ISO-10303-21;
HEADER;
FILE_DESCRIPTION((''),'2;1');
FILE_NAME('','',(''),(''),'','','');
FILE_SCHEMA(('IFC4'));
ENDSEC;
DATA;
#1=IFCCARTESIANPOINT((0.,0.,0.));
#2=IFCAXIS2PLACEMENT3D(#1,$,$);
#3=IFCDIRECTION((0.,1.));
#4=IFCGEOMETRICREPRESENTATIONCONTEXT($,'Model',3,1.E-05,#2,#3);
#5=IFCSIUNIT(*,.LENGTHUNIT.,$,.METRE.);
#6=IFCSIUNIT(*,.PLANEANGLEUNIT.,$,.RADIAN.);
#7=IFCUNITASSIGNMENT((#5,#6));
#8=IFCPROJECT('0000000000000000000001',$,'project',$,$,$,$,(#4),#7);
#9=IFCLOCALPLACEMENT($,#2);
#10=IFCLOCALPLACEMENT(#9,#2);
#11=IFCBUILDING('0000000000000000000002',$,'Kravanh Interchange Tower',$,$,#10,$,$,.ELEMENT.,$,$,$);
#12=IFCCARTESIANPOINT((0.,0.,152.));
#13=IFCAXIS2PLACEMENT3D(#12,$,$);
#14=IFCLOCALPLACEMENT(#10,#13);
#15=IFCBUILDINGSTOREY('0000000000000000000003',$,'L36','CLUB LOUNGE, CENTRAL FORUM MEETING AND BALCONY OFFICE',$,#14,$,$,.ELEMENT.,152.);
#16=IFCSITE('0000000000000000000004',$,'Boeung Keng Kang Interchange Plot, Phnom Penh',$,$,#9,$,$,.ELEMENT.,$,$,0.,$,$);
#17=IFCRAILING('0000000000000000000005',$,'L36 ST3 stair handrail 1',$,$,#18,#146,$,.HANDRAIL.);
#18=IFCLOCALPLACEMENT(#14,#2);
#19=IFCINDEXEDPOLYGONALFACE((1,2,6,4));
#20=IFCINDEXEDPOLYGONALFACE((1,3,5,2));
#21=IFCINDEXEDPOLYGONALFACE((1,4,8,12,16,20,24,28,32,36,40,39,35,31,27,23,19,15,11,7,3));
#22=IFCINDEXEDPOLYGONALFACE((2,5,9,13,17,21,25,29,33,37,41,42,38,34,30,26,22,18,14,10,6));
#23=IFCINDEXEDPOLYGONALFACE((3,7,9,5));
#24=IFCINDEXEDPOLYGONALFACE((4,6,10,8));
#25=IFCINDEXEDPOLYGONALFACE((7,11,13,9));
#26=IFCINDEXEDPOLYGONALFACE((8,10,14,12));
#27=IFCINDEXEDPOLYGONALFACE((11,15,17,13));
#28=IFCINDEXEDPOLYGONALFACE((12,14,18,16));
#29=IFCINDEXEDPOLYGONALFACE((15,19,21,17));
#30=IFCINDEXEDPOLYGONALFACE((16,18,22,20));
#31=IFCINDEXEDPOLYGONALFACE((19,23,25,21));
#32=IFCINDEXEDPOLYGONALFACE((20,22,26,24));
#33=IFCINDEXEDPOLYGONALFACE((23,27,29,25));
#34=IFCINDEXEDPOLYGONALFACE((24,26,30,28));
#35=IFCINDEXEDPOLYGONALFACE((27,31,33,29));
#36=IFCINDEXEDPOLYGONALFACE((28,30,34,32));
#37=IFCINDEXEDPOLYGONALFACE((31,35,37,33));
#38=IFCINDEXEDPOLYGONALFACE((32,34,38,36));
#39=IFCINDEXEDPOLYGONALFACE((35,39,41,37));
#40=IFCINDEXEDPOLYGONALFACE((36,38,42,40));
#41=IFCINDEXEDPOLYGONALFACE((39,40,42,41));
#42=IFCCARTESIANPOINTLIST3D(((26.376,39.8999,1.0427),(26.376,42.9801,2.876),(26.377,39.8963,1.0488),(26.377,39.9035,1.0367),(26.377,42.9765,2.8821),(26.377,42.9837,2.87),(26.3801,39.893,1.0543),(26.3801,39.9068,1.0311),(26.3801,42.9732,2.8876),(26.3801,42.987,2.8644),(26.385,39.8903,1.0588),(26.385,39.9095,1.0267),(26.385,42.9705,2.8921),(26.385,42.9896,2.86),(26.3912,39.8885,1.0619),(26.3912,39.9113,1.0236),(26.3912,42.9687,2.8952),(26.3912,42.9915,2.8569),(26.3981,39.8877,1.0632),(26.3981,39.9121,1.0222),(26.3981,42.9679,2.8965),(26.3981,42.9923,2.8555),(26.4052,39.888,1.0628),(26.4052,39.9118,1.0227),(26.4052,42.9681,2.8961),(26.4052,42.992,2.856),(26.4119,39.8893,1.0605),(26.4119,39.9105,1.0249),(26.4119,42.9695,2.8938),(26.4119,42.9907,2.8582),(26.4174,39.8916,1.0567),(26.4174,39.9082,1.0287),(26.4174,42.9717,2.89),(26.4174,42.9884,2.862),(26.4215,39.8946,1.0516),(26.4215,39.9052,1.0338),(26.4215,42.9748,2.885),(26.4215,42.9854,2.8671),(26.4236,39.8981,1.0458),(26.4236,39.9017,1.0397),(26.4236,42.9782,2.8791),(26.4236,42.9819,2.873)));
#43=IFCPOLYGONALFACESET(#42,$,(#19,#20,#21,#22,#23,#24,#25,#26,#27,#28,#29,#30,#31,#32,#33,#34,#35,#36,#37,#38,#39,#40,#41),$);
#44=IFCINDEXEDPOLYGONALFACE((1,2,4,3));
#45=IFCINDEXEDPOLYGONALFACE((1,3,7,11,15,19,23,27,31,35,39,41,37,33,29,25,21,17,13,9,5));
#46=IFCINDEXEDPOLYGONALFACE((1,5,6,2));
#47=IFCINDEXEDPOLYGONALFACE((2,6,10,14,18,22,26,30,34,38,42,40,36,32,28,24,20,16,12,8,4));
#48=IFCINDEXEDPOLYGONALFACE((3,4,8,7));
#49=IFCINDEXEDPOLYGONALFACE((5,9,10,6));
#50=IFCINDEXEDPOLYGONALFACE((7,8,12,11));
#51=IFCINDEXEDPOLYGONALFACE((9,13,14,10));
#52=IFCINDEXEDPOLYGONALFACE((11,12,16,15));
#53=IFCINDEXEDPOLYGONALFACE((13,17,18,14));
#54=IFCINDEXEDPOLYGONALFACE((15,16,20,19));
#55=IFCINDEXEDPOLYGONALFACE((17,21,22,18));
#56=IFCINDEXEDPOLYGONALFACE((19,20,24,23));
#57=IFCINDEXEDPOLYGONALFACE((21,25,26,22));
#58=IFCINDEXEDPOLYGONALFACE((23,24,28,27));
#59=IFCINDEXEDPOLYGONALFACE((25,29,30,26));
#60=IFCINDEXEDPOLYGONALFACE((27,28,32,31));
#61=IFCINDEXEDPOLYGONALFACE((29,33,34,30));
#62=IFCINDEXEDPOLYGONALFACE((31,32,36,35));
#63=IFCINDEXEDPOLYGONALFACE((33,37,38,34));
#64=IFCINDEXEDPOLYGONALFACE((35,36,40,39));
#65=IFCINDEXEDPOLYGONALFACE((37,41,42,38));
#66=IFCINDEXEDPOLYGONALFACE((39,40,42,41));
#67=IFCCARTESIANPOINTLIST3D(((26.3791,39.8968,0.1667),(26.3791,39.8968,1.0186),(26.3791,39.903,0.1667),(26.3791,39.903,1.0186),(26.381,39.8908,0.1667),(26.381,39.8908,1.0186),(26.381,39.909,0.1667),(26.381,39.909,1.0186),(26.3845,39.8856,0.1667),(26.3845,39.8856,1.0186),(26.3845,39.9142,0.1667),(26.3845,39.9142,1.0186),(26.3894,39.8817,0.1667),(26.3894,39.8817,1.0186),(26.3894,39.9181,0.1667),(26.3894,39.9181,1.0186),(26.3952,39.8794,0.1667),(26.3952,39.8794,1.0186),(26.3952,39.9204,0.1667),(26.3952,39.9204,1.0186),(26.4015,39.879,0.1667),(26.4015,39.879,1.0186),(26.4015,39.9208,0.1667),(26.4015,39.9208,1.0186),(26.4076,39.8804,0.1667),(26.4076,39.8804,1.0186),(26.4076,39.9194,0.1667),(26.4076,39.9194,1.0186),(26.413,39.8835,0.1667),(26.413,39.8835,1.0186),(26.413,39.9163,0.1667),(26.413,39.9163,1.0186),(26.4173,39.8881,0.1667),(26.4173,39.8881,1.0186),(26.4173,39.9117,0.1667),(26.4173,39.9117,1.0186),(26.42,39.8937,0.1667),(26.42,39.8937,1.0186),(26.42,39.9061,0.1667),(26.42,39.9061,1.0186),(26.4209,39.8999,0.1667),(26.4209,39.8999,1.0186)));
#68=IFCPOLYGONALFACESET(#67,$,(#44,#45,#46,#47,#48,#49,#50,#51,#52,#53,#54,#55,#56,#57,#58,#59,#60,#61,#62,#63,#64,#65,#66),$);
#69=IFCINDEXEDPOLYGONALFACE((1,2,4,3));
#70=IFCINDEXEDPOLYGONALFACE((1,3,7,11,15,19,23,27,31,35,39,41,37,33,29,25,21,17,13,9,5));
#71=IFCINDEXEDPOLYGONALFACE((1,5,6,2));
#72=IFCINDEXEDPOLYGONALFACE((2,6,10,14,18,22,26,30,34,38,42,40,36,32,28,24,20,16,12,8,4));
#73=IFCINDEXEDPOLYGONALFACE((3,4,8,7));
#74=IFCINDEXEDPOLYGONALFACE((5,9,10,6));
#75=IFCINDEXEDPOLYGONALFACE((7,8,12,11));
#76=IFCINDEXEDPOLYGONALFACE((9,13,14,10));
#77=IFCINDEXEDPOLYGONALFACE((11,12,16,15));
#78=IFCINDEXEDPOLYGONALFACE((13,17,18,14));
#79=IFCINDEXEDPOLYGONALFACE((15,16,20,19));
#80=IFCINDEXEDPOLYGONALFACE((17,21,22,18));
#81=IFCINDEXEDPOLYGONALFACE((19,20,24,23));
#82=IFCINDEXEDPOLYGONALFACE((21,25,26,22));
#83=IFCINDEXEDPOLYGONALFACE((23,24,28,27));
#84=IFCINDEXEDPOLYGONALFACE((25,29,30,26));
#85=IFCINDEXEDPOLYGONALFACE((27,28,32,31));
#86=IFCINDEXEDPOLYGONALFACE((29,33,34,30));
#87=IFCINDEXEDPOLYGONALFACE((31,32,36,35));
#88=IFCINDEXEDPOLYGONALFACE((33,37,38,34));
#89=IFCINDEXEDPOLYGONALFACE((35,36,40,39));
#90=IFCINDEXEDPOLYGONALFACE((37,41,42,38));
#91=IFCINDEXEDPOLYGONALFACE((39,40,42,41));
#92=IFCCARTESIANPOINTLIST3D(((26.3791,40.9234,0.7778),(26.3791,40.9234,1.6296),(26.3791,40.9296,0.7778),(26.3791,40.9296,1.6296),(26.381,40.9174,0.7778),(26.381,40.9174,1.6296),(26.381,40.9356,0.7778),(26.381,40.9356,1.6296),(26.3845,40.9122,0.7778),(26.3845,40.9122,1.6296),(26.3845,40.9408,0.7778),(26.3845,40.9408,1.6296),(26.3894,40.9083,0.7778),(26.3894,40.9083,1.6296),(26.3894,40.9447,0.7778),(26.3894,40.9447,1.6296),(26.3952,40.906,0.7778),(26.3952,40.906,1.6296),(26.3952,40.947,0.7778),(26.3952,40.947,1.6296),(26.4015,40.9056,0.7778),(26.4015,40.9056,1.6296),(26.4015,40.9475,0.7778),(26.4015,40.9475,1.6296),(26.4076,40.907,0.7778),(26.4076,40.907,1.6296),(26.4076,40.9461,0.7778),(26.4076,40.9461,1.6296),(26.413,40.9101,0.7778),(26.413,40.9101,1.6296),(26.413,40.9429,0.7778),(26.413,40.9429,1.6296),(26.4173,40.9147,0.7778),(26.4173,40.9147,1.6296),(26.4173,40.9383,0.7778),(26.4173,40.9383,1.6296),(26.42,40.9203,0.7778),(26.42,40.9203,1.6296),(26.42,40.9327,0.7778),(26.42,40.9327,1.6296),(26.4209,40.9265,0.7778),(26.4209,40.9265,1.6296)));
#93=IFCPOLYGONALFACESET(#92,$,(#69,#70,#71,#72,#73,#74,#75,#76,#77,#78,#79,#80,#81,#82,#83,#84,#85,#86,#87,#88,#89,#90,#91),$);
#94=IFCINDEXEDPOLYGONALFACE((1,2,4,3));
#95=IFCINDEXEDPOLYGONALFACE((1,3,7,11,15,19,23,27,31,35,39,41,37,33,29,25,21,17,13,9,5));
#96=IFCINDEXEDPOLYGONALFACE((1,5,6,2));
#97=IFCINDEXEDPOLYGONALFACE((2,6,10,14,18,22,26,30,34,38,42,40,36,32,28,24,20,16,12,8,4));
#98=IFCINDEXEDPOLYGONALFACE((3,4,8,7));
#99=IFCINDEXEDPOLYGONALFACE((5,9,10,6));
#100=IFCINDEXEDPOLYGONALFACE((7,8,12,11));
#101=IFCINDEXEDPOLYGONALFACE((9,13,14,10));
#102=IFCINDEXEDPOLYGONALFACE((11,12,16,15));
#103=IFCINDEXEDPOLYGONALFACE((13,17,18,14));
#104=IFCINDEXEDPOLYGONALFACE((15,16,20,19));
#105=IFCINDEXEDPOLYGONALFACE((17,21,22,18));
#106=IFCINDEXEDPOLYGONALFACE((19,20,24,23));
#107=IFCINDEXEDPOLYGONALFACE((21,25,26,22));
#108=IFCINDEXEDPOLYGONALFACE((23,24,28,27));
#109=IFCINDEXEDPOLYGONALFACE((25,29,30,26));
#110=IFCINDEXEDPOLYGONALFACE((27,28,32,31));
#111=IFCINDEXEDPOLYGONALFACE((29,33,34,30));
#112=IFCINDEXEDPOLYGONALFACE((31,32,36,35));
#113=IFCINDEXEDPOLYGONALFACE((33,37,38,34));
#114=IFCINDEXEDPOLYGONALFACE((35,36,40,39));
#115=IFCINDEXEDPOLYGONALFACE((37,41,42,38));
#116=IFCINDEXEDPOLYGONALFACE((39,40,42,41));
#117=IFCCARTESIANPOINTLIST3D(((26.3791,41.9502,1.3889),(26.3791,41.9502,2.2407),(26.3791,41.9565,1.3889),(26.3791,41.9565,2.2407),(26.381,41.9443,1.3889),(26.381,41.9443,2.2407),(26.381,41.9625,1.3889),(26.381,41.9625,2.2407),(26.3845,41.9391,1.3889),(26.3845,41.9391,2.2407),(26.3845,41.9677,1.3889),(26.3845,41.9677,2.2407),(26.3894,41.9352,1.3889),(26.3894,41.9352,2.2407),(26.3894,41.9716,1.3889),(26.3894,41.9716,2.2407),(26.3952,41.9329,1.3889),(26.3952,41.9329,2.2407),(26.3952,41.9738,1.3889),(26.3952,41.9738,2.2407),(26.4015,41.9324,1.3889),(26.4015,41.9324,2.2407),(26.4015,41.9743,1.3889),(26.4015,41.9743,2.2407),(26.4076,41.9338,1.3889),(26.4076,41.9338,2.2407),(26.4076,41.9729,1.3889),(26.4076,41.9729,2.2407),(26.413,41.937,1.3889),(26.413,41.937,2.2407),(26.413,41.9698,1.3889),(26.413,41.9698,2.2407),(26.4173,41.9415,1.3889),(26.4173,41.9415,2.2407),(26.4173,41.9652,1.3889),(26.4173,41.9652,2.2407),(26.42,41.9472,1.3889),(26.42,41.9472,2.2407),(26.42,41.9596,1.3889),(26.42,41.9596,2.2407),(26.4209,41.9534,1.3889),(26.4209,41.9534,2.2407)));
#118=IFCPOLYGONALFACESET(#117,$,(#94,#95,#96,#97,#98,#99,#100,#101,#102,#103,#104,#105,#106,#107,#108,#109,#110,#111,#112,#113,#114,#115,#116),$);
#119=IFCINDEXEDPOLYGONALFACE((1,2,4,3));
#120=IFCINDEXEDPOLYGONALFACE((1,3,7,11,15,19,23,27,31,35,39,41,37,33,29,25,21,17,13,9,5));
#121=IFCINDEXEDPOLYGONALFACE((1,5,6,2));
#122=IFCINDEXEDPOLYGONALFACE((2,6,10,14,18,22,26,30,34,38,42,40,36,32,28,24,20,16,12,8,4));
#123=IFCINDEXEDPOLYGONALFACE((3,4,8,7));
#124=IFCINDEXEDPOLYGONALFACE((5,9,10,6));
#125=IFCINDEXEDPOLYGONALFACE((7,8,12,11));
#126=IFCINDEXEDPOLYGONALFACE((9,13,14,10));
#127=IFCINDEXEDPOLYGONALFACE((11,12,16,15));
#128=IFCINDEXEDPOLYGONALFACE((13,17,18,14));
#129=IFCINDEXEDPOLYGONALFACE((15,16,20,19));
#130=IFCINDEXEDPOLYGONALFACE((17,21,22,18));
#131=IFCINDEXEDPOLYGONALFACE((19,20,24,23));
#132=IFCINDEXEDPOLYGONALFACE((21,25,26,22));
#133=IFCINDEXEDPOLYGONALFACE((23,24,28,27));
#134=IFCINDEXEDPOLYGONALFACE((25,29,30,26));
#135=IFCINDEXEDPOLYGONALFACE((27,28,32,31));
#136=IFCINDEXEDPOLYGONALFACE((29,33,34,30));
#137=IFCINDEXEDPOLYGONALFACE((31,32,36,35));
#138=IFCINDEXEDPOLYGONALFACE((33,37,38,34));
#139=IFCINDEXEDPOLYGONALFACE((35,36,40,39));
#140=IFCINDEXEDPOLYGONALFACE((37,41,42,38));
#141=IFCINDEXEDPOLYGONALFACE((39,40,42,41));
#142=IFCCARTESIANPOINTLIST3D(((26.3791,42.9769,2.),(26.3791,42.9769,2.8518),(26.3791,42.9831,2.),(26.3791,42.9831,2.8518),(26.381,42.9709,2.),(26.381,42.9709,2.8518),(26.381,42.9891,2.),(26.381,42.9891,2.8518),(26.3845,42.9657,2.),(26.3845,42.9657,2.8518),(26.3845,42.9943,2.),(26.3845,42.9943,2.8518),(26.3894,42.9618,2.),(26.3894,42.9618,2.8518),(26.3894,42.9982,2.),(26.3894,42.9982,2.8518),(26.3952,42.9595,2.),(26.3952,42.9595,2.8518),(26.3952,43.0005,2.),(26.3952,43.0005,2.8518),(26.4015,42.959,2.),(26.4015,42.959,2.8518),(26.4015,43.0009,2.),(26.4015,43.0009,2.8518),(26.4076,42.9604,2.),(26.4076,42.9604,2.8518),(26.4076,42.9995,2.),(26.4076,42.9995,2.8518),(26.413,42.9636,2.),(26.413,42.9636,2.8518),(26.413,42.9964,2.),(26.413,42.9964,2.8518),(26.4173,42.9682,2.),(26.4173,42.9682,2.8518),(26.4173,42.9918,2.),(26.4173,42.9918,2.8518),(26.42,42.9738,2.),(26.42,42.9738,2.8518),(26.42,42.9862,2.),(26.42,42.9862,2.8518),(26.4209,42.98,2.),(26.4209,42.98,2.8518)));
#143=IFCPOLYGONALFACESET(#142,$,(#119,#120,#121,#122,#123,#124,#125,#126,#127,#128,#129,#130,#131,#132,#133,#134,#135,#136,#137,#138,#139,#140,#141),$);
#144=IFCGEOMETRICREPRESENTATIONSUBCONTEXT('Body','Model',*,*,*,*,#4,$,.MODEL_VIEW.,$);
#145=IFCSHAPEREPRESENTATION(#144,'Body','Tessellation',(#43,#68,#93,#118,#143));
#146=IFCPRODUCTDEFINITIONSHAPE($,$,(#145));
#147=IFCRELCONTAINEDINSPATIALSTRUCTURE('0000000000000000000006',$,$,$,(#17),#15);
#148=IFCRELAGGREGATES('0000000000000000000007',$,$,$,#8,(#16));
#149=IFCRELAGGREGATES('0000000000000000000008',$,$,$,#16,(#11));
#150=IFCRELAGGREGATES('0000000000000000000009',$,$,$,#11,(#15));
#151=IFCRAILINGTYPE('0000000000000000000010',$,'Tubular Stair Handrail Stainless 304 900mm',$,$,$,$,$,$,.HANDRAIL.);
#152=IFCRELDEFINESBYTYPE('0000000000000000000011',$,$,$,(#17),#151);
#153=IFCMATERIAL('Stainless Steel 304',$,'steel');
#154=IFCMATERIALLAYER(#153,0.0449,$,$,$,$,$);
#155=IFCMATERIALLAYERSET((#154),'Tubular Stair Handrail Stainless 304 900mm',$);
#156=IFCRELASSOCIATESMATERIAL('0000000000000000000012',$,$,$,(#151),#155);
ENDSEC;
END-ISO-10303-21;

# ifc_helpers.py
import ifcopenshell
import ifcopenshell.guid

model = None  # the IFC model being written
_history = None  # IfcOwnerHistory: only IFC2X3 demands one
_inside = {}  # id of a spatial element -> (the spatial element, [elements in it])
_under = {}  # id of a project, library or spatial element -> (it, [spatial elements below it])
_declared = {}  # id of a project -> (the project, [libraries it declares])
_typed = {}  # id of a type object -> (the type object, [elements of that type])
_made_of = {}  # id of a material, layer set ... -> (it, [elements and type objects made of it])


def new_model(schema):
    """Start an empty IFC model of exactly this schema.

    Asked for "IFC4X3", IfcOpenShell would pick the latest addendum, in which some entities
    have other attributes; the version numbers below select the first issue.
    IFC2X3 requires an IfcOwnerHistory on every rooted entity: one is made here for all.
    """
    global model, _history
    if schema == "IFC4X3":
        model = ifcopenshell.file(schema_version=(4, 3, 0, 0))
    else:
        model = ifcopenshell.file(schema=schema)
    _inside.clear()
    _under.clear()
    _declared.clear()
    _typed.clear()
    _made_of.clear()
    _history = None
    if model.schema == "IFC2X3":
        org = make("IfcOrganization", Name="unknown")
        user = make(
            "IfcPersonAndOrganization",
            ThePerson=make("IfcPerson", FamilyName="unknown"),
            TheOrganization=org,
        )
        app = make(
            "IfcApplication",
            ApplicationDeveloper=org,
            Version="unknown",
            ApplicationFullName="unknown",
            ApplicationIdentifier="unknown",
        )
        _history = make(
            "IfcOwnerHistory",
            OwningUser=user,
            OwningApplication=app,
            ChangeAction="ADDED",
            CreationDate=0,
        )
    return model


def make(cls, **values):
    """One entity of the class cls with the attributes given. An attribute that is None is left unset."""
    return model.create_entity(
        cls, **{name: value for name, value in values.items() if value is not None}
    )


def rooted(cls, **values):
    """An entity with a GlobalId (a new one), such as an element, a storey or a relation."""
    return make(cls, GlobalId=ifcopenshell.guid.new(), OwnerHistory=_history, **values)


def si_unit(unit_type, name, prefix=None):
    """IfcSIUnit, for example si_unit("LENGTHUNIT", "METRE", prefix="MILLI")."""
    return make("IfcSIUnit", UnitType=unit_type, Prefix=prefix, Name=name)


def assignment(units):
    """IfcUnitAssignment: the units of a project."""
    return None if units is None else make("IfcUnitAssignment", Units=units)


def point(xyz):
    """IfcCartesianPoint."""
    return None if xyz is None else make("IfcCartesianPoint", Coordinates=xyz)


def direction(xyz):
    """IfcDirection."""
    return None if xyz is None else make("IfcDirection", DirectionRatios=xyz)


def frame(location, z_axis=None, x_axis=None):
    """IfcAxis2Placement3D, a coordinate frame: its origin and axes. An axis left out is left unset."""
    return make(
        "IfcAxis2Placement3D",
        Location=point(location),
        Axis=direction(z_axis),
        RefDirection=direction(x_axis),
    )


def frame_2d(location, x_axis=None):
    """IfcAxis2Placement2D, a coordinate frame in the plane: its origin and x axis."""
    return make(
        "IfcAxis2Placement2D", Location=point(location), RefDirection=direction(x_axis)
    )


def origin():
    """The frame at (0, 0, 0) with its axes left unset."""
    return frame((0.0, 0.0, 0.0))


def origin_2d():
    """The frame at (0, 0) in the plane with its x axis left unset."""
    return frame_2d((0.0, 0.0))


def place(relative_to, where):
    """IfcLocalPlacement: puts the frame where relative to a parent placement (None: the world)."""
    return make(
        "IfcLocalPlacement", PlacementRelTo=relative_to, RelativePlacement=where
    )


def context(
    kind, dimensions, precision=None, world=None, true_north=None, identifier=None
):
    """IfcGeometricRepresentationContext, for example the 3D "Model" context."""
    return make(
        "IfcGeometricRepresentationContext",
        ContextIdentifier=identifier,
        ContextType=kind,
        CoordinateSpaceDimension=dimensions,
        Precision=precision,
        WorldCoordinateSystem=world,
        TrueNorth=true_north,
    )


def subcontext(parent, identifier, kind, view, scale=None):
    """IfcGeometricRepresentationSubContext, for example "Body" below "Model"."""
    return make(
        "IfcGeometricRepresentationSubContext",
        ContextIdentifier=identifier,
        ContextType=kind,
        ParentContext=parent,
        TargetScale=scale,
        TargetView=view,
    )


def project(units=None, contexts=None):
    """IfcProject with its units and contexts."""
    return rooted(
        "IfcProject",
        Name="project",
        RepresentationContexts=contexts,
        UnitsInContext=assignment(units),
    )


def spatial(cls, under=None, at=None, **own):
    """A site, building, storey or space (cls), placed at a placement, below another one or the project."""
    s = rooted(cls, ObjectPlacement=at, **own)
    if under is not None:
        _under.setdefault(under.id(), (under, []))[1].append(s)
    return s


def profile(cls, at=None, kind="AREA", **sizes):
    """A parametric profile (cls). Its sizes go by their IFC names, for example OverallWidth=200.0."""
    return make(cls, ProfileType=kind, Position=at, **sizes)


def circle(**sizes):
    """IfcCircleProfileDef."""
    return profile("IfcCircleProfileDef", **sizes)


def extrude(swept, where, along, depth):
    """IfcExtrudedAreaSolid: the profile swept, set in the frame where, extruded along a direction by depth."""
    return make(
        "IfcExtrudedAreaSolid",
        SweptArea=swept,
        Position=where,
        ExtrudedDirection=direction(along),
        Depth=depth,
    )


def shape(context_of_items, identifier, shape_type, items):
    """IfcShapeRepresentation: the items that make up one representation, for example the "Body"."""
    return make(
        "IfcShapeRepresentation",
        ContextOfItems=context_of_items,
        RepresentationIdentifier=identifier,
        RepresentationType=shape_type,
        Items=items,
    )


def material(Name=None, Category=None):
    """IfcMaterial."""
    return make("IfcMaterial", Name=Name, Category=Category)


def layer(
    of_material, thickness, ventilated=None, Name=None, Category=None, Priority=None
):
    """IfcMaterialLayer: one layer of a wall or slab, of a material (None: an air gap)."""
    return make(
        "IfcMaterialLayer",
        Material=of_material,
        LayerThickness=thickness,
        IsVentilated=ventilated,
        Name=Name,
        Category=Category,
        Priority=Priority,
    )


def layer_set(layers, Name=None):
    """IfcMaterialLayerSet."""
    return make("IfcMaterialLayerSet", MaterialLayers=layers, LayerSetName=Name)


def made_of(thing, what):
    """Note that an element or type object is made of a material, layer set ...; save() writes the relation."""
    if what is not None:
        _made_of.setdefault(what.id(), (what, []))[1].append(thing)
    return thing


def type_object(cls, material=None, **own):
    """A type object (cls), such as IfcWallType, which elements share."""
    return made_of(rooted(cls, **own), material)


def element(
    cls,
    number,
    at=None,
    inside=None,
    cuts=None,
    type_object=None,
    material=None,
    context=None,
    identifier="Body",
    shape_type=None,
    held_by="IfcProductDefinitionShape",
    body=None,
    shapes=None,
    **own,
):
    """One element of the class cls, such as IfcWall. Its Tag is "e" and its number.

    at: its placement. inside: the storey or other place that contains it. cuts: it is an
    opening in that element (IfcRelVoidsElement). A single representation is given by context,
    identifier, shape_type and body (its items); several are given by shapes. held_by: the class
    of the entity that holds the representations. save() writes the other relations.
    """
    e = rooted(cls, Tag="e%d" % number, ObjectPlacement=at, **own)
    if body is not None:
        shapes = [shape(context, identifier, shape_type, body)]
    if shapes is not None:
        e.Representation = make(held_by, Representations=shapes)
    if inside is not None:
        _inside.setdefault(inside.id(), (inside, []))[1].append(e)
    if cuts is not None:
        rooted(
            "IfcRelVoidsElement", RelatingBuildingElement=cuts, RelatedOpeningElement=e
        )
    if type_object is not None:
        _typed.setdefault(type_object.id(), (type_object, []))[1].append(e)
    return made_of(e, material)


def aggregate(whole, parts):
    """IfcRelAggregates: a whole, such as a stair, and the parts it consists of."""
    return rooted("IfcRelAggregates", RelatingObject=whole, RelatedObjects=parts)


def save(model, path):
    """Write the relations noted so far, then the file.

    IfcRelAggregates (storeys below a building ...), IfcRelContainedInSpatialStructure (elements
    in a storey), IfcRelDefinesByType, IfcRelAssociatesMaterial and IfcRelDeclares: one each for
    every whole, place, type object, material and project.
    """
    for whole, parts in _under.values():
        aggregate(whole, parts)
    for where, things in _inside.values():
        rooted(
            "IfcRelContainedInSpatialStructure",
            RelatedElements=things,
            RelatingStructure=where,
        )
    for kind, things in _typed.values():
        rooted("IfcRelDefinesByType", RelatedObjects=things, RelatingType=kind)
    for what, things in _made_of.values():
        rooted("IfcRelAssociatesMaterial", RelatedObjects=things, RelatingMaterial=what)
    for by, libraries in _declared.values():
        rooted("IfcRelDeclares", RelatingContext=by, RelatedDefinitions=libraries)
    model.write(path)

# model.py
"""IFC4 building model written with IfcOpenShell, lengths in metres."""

from ifc_helpers import new_model, si_unit, direction, frame, origin, origin_2d, place, context, subcontext, project, spatial, circle, extrude, material, layer, layer_set, type_object, element, save


model = new_model("IFC4")

# Units and contexts
model_context = context("Model", 3, precision=1e-05, world=origin(), true_north=direction((0.0, 1.0)))
body_context = subcontext(model_context, "Body", "Model", "MODEL_VIEW")
ifc_project = project(units=[si_unit("LENGTHUNIT", "METRE"), si_unit("PLANEANGLEUNIT", "RADIAN")], contexts=[model_context])

# Site, building, storey
site_placement = place(None, origin())
site = spatial("IfcSite", under=ifc_project, at=site_placement, Name="Boeung Keng Kang Interchange Plot, Phnom Penh", CompositionType="ELEMENT", RefElevation=0.0)
building_placement = place(site_placement, origin())
building = spatial("IfcBuilding", under=site, at=building_placement, Name="Kravanh Interchange Tower", CompositionType="ELEMENT")
storey_placement = place(building_placement, frame((0.0, 0.0, 152.0)))
storey = spatial("IfcBuildingStorey", under=building, at=storey_placement, Name="L36", Description="CLUB LOUNGE, CENTRAL FORUM MEETING AND BALCONY OFFICE", CompositionType="ELEMENT", Elevation=152.0)

# Railing
ifc_material_1 = material(Name="Stainless Steel 304", Category="steel")
ifc_layer_1 = layer(ifc_material_1, 0.0449)
ifc_layer_set_1 = layer_set([ifc_layer_1], Name="Tubular Stair Handrail Stainless 304 900mm")
railing_type_1 = type_object("IfcRailingType", Name="Tubular Stair Handrail Stainless 304 900mm", PredefinedType="HANDRAIL", material=ifc_layer_set_1)
railing_1_placement = place(storey_placement, frame((26.3999, 39.8999, 0.1667)))
element("IfcRailing", 1, at=railing_1_placement, inside=storey, type_object=railing_type_1, Name="L36 ST3 stair handrail 1", PredefinedType="HANDRAIL", context=body_context, shape_type="SweptSolid", body=[
    extrude(circle(Radius=0.0239, at=origin_2d()), frame((0.0, 0.0, 0.876), z_axis=(0.0, 0.859309, 0.511458), x_axis=(-1.0, 0.0, 0.0)), (0.0, 0.0, 1.0), 3.5845),
    extrude(circle(Radius=0.021, at=origin_2d()), origin(), (0.0, 0.0, 1.0), 0.8518),
    extrude(circle(Radius=0.021, at=origin_2d()), frame((0.0, 1.0266, 0.6111)), (0.0, 0.0, 1.0), 0.8518),
    extrude(circle(Radius=0.021, at=origin_2d()), frame((0.0, 2.0535, 1.2222)), (0.0, 0.0, 1.0), 0.8518),
    extrude(circle(Radius=0.021, at=origin_2d()), frame((0.0, 3.0801, 1.8333)), (0.0, 0.0, 1.0), 0.8518),
])

save(model, "model.ifc")
